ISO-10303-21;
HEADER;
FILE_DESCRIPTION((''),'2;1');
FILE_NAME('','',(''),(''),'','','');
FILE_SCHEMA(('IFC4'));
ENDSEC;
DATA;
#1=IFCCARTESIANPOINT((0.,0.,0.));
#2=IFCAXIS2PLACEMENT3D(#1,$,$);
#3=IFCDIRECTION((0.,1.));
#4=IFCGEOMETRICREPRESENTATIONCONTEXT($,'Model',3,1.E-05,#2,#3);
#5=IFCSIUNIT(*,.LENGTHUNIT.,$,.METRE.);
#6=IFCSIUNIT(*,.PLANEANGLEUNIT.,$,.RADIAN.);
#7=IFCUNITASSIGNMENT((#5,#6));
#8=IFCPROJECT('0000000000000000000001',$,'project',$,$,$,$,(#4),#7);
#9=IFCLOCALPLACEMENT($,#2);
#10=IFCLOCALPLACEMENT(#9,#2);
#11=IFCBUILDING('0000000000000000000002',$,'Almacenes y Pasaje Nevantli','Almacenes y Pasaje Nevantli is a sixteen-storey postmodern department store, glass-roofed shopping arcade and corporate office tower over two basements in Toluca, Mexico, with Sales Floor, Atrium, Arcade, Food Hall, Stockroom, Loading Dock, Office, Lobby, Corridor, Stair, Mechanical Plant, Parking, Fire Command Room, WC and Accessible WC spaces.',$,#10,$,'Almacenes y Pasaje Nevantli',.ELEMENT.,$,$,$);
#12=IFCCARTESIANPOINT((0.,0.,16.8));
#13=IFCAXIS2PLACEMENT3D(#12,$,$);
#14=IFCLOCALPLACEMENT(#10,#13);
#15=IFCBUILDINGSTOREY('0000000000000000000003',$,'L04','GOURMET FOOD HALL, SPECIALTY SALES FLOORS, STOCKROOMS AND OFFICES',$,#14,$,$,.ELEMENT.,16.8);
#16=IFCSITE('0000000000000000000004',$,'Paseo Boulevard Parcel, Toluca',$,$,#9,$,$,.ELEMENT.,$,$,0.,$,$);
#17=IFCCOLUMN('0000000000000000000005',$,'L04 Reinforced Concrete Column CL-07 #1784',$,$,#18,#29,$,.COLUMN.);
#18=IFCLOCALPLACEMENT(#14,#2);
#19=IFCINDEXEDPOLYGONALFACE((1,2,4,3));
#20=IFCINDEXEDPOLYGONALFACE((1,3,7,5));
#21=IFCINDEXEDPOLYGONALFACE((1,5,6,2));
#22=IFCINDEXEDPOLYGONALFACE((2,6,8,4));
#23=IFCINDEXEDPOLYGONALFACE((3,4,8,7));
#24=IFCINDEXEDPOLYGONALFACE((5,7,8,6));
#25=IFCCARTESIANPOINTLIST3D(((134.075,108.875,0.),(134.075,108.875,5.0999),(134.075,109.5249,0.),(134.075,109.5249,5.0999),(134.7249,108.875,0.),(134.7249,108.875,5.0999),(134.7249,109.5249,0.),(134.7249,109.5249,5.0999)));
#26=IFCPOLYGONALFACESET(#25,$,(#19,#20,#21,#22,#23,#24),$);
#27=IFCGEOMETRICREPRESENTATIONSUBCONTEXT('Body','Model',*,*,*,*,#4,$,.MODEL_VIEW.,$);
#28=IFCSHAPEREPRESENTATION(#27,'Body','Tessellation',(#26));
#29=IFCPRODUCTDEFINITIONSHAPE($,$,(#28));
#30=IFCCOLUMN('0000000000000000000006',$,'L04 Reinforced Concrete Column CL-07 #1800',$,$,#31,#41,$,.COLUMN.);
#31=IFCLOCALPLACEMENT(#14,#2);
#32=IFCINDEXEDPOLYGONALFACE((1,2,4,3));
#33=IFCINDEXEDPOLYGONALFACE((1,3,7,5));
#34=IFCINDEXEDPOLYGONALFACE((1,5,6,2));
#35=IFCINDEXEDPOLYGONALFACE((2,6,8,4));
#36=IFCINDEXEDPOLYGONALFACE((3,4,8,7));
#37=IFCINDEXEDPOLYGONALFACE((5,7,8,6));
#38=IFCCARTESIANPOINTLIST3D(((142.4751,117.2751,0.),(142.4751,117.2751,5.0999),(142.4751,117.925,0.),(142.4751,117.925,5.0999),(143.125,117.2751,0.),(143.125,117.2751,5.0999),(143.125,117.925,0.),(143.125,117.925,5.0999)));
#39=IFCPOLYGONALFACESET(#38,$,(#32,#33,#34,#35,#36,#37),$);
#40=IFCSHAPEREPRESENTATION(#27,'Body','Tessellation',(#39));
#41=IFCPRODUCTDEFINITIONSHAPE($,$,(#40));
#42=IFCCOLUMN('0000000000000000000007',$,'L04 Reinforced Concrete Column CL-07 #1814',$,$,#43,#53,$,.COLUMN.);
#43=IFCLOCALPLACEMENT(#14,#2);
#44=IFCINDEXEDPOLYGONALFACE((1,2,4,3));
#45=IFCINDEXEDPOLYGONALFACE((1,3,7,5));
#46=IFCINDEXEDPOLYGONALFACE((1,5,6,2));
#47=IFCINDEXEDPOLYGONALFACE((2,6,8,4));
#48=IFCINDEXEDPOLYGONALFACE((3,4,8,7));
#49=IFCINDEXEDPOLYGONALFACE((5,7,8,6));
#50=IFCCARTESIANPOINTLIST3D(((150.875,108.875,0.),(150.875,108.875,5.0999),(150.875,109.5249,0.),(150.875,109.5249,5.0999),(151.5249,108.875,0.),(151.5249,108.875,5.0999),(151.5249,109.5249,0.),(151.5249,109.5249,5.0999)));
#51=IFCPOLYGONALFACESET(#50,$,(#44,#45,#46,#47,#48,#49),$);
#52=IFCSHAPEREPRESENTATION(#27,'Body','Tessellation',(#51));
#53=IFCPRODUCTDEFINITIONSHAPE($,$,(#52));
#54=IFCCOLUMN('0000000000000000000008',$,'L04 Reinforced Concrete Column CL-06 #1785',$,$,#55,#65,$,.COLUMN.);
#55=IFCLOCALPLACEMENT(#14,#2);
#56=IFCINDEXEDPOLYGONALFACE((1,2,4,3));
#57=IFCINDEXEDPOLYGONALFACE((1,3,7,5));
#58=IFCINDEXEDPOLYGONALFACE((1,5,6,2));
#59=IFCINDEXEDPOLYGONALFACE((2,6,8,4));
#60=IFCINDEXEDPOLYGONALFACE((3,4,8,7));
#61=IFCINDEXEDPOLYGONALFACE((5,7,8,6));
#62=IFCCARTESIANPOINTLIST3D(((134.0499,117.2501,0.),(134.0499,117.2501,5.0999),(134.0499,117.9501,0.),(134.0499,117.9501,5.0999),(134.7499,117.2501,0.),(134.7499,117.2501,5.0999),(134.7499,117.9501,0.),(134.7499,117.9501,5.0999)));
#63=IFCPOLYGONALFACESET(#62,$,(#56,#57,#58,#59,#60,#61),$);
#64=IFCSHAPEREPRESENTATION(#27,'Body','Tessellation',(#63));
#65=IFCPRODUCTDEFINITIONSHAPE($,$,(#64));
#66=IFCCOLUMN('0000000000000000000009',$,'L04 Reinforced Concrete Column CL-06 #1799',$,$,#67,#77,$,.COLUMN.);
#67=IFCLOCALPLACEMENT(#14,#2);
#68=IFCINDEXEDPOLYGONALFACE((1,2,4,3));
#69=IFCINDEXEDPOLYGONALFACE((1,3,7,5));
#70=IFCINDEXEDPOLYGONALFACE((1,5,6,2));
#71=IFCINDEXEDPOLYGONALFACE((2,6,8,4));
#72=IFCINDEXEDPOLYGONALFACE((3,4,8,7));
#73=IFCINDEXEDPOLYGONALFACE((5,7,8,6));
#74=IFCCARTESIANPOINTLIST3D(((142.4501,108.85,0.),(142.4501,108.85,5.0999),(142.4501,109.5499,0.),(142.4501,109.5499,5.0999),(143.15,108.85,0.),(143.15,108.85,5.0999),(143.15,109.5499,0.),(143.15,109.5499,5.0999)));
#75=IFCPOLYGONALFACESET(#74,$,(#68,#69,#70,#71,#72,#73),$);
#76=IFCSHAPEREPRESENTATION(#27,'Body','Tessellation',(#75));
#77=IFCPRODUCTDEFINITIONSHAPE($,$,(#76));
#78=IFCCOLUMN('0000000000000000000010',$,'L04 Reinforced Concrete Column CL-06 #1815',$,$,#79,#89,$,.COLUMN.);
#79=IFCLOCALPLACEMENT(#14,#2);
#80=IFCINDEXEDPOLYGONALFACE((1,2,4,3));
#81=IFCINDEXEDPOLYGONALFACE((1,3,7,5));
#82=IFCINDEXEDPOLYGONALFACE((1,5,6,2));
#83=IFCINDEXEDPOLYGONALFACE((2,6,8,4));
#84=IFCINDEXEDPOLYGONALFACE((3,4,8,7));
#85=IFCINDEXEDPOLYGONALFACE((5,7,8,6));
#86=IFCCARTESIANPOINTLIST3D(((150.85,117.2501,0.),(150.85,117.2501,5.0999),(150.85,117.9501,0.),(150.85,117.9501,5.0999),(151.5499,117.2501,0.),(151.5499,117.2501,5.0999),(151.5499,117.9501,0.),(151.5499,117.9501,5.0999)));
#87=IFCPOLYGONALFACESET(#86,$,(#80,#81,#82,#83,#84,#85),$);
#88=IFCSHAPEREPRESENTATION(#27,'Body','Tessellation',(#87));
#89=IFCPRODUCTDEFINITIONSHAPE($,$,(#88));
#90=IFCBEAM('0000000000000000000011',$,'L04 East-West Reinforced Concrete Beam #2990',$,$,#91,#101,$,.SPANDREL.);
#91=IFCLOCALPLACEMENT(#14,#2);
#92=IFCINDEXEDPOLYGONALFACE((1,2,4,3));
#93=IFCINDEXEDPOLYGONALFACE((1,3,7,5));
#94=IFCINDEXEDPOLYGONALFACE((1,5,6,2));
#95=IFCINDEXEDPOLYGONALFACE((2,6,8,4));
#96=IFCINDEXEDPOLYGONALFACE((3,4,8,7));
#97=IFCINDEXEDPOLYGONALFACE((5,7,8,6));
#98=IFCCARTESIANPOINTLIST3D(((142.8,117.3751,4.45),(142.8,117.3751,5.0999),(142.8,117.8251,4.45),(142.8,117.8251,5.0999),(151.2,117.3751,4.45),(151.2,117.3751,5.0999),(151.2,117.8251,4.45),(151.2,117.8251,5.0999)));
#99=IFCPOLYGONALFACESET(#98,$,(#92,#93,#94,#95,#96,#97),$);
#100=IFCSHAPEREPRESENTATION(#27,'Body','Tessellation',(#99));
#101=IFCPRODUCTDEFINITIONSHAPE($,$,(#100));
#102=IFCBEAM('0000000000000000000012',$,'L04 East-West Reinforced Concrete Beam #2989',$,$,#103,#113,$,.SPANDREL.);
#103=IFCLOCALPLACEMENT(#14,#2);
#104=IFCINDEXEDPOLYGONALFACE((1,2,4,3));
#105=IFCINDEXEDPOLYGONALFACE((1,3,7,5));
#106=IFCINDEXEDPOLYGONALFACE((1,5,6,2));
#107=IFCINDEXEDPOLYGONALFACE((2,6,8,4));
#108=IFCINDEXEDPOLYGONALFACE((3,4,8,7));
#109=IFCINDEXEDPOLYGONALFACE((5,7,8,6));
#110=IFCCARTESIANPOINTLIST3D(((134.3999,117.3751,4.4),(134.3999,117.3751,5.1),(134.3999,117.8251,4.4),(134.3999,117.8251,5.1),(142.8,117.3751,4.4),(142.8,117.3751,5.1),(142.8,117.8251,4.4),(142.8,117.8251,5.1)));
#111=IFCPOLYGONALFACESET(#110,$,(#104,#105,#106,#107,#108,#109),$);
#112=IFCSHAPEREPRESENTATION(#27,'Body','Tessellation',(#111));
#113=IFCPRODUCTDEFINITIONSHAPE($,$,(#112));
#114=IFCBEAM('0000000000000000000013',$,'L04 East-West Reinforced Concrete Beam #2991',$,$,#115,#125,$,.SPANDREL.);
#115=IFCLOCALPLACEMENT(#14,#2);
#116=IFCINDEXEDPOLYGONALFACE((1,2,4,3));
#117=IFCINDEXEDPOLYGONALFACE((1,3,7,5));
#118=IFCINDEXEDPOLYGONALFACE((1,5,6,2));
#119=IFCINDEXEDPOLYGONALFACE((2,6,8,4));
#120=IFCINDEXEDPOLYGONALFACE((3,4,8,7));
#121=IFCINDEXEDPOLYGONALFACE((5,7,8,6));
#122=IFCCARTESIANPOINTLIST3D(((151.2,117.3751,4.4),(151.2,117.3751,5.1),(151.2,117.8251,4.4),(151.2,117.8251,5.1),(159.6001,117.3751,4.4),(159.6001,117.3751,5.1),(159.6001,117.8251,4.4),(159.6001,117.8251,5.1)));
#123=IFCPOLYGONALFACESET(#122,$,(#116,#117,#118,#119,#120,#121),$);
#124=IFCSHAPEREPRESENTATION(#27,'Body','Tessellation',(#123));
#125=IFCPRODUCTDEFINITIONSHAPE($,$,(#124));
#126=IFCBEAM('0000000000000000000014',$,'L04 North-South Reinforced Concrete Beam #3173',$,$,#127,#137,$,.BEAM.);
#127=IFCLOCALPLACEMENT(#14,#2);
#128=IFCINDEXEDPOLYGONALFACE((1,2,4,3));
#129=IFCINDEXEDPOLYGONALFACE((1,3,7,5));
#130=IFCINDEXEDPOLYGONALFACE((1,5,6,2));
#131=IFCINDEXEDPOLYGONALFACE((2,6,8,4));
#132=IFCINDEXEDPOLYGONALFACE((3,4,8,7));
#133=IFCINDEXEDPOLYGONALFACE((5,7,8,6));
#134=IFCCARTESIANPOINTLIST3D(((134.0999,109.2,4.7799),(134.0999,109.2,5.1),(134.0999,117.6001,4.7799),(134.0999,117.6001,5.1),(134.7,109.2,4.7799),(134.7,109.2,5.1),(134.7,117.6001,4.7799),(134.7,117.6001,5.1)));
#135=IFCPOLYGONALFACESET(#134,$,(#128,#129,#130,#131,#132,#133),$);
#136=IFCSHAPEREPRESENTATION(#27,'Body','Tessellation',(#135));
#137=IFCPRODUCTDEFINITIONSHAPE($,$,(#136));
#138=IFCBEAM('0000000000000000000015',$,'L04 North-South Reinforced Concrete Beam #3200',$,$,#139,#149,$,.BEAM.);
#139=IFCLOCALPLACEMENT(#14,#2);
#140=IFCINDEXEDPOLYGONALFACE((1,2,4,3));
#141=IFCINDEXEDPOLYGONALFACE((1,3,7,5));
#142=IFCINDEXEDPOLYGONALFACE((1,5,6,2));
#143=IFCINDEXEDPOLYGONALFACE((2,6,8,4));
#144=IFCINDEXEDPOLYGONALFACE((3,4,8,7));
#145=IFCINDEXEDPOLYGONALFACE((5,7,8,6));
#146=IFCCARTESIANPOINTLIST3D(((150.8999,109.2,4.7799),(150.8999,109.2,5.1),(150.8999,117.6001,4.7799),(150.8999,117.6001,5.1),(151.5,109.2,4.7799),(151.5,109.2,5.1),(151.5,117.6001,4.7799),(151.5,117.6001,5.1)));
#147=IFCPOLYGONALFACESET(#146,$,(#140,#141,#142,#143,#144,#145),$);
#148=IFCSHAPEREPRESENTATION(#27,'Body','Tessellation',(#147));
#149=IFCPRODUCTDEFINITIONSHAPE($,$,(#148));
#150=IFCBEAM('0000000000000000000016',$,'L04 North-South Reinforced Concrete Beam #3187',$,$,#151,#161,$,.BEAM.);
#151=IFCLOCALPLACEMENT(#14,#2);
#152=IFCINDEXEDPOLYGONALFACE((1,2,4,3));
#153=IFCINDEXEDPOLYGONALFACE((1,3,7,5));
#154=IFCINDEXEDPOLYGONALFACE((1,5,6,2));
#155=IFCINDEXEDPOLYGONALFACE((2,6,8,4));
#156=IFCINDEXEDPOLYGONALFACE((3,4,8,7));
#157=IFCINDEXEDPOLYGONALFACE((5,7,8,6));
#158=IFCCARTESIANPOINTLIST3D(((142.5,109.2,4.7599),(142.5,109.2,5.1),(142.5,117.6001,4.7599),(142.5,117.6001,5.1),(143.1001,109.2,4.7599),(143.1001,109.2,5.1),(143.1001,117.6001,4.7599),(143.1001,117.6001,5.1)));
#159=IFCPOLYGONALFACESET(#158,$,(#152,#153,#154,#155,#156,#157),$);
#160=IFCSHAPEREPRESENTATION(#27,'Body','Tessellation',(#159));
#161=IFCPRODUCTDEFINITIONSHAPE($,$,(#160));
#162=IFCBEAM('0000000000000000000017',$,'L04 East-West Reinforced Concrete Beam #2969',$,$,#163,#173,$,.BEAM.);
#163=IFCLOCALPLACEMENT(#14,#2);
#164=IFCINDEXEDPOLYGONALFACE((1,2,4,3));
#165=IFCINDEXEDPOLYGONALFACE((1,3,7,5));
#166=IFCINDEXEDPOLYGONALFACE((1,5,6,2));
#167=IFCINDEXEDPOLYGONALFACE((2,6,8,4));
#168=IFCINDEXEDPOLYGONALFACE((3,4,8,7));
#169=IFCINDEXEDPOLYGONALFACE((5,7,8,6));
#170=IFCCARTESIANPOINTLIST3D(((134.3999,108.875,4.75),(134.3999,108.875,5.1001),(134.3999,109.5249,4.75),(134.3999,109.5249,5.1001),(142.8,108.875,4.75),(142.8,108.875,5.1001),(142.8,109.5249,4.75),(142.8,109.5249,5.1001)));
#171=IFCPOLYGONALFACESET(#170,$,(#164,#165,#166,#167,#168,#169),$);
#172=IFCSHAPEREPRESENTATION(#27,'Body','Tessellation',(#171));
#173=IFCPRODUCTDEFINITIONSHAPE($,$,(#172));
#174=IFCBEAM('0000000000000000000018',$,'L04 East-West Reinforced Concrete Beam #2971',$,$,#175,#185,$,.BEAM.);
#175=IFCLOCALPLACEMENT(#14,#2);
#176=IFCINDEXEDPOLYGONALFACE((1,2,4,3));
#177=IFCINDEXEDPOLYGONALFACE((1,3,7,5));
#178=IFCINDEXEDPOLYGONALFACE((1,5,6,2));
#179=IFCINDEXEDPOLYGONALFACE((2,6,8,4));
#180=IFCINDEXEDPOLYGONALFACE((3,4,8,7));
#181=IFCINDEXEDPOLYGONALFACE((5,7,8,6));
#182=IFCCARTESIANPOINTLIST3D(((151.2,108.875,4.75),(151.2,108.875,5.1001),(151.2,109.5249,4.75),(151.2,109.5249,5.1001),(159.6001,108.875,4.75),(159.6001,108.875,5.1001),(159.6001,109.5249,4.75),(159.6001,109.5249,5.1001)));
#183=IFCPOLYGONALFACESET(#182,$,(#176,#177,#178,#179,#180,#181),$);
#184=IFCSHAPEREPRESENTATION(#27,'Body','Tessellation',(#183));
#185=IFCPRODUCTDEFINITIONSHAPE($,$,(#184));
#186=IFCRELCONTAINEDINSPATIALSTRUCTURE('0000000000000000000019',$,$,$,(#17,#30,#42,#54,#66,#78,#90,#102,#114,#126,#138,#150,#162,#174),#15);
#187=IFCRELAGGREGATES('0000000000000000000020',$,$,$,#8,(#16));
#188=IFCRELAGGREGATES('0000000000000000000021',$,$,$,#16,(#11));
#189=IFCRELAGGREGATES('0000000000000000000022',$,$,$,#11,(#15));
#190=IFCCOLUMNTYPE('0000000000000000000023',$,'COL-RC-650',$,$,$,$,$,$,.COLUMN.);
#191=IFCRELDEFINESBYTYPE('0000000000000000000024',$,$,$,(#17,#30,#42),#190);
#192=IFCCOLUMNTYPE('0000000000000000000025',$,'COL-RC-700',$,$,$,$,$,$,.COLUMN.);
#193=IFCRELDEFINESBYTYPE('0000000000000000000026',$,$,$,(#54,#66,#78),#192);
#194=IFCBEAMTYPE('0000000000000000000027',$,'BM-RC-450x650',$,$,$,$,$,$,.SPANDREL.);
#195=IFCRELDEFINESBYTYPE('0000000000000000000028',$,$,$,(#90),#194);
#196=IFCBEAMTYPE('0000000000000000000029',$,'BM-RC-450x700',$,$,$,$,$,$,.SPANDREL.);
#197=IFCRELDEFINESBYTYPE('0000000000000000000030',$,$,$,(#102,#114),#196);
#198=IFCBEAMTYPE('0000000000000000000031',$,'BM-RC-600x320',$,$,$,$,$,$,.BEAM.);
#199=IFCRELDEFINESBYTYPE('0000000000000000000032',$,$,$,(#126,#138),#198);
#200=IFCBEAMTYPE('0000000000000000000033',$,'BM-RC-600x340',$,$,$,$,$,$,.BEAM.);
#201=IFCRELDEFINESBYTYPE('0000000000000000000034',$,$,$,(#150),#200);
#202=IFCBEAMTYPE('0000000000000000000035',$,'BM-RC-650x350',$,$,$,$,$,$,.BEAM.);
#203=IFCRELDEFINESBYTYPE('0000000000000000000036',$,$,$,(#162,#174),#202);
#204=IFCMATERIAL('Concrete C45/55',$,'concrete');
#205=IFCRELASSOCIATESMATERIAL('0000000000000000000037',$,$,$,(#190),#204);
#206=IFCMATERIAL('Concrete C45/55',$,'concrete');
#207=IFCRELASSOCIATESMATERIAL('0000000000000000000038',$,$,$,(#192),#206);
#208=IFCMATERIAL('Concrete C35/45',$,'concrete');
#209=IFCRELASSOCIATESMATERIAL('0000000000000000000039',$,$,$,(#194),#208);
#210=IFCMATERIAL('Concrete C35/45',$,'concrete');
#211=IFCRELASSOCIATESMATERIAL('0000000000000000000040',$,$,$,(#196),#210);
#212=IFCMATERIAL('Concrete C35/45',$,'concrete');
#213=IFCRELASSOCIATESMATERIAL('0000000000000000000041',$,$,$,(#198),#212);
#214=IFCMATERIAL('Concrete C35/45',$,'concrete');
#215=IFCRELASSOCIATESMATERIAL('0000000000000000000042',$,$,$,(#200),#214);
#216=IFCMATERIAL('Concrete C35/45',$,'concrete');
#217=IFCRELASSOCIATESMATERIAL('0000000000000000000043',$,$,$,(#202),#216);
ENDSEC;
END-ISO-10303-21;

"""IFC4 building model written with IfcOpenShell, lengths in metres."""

from ifc_helpers import new_model, si_unit, direction, frame, origin, origin_2d, place, context, subcontext, project, spatial, rectangle, extrude, material, material_profile, profile_set, type_object, element, save


model = new_model("IFC4")

# Units and contexts
model_context = context("Model", 3, precision=1e-05, world=origin(), true_north=direction((0.0, 1.0)))
body_context = subcontext(model_context, "Body", "Model", "MODEL_VIEW")
ifc_project = project(units=[si_unit("LENGTHUNIT", "METRE"), si_unit("PLANEANGLEUNIT", "RADIAN")], contexts=[model_context])

# Site, building, storey
site_placement = place(None, origin())
site = spatial("IfcSite", under=ifc_project, at=site_placement, Name="Paseo Boulevard Parcel, Toluca", CompositionType="ELEMENT", RefElevation=0.0)
building_placement = place(site_placement, origin())
building = spatial("IfcBuilding", under=site, at=building_placement, Name="Almacenes y Pasaje Nevantli", Description="Almacenes y Pasaje Nevantli is a sixteen-storey postmodern department store, glass-roofed shopping arcade and corporate office tower over two basements in Toluca, Mexico, with Sales Floor, Atrium, Arcade, Food Hall, Stockroom, Loading Dock, Office, Lobby, Corridor, Stair, Mechanical Plant, Parking, Fire Command Room, WC and Accessible WC spaces.", LongName="Almacenes y Pasaje Nevantli", CompositionType="ELEMENT")
storey_placement = place(building_placement, frame((0.0, 0.0, 16.8)))
storey = spatial("IfcBuildingStorey", under=building, at=storey_placement, Name="L04", Description="GOURMET FOOD HALL, SPECIALTY SALES FLOORS, STOCKROOMS AND OFFICES", CompositionType="ELEMENT", Elevation=16.8)

# Columns
ifc_material_1 = material(Name="Concrete C45/55", Category="concrete")
ifc_material_profile_1 = material_profile(ifc_material_1, rectangle(XDim=0.6499, YDim=0.6499, at=origin_2d()), Name="RC-COL-650x650")
ifc_profile_set_1 = profile_set([ifc_material_profile_1], Name="Concrete C45/55")
column_type_1 = type_object("IfcColumnType", Name="COL-RC-650", PredefinedType="COLUMN", material=ifc_profile_set_1)
for number, where, z_axis, x_axis, name in (
    (1, (134.3999, 109.2, 0.0), (0.0, 0.0, 1.0), (1.0, 0.0, 0.0), "L04 Reinforced Concrete Column CL-07 #1784"),
    (2, (142.8, 117.6001, 0.0), (0.0, 0.0, 1.0), (1.0, 0.0, 0.0), "L04 Reinforced Concrete Column CL-07 #1800"),
    (3, (151.2, 109.2, 0.0), (0.0, 0.0, 1.0), (1.0, 0.0, 0.0), "L04 Reinforced Concrete Column CL-07 #1814"),
):
    element("IfcColumn", number, at=place(storey_placement, frame(where, z_axis=z_axis, x_axis=x_axis)), inside=storey, type_object=column_type_1, Name=name, PredefinedType="COLUMN", context=body_context, shape_type="SweptSolid", body=[
        extrude(rectangle(XDim=0.6499, YDim=0.6499, at=origin_2d()), origin(), (0.0, 0.0, 1.0), 5.0999),
    ])
ifc_material_2 = material(Name="Concrete C45/55", Category="concrete")
ifc_material_profile_2 = material_profile(ifc_material_2, rectangle(XDim=0.7, YDim=0.7, at=origin_2d()), Name="RC-COL-700x700")
ifc_profile_set_2 = profile_set([ifc_material_profile_2], Name="Concrete C45/55")
column_type_2 = type_object("IfcColumnType", Name="COL-RC-700", PredefinedType="COLUMN", material=ifc_profile_set_2)
for number, where, z_axis, x_axis, name in (
    (4, (134.3999, 117.6001, 0.0), (0.0, 0.0, 1.0), (1.0, 0.0, 0.0), "L04 Reinforced Concrete Column CL-06 #1785"),
    (5, (142.8, 109.2, 0.0), (0.0, 0.0, 1.0), (1.0, 0.0, 0.0), "L04 Reinforced Concrete Column CL-06 #1799"),
    (6, (151.2, 117.6001, 0.0), (0.0, 0.0, 1.0), (1.0, 0.0, 0.0), "L04 Reinforced Concrete Column CL-06 #1815"),
):
    element("IfcColumn", number, at=place(storey_placement, frame(where, z_axis=z_axis, x_axis=x_axis)), inside=storey, type_object=column_type_2, Name=name, PredefinedType="COLUMN", context=body_context, shape_type="SweptSolid", body=[
        extrude(rectangle(XDim=0.7, YDim=0.7, at=origin_2d()), origin(), (0.0, 0.0, 1.0), 5.0999),
    ])

# Beams
ifc_material_3 = material(Name="Concrete C35/45", Category="concrete")
ifc_material_profile_3 = material_profile(ifc_material_3, rectangle(XDim=0.45, YDim=0.6499, at=origin_2d()), Name="RC-BM-450x650")
ifc_profile_set_3 = profile_set([ifc_material_profile_3], Name="Concrete C35/45")
beam_type_1 = type_object("IfcBeamType", Name="BM-RC-450x650", PredefinedType="SPANDREL", material=ifc_profile_set_3)
beam_1_placement = place(storey_placement, frame((142.8, 117.6001, 4.7749), z_axis=(1.0, 0.0, 0.0), x_axis=(0.0, 1.0, 0.0)))
element("IfcBeam", 7, at=beam_1_placement, inside=storey, type_object=beam_type_1, Name="L04 East-West Reinforced Concrete Beam #2990", PredefinedType="SPANDREL", context=body_context, shape_type="SweptSolid", body=[
    extrude(rectangle(XDim=0.45, YDim=0.6499, at=origin_2d()), origin(), (0.0, 0.0, 1.0), 8.3999),
])
ifc_material_4 = material(Name="Concrete C35/45", Category="concrete")
ifc_material_profile_4 = material_profile(ifc_material_4, rectangle(XDim=0.45, YDim=0.7, at=origin_2d()), Name="RC-BM-450x700")
ifc_profile_set_4 = profile_set([ifc_material_profile_4], Name="Concrete C35/45")
beam_type_2 = type_object("IfcBeamType", Name="BM-RC-450x700", PredefinedType="SPANDREL", material=ifc_profile_set_4)
for number, where, z_axis, x_axis, name in (
    (8, (134.3999, 117.6001, 4.75), (1.0, 0.0, 0.0), (0.0, 1.0, 0.0), "L04 East-West Reinforced Concrete Beam #2989"),
    (9, (151.2, 117.6001, 4.75), (1.0, 0.0, 0.0), (0.0, 1.0, 0.0), "L04 East-West Reinforced Concrete Beam #2991"),
):
    element("IfcBeam", number, at=place(storey_placement, frame(where, z_axis=z_axis, x_axis=x_axis)), inside=storey, type_object=beam_type_2, Name=name, PredefinedType="SPANDREL", context=body_context, shape_type="SweptSolid", body=[
        extrude(rectangle(XDim=0.45, YDim=0.7, at=origin_2d()), origin(), (0.0, 0.0, 1.0), 8.4001),
    ])
ifc_material_5 = material(Name="Concrete C35/45", Category="concrete")
ifc_material_profile_5 = material_profile(ifc_material_5, rectangle(XDim=0.6001, YDim=0.3201, at=origin_2d()), Name="RC-BM-600x320")
ifc_profile_set_5 = profile_set([ifc_material_profile_5], Name="Concrete C35/45")
beam_type_3 = type_object("IfcBeamType", Name="BM-RC-600x320", PredefinedType="BEAM", material=ifc_profile_set_5)
for number, where, z_axis, x_axis, name in (
    (10, (134.3999, 109.2, 4.9399), (0.0, 1.0, 0.0), (-1.0, 0.0, 0.0), "L04 North-South Reinforced Concrete Beam #3173"),
    (11, (151.2, 109.2, 4.9399), (0.0, 1.0, 0.0), (-1.0, 0.0, 0.0), "L04 North-South Reinforced Concrete Beam #3200"),
):
    element("IfcBeam", number, at=place(storey_placement, frame(where, z_axis=z_axis, x_axis=x_axis)), inside=storey, type_object=beam_type_3, Name=name, PredefinedType="BEAM", context=body_context, shape_type="SweptSolid", body=[
        extrude(rectangle(XDim=0.6001, YDim=0.3201, at=origin_2d()), origin(), (0.0, 0.0, 1.0), 8.4001),
    ])
ifc_material_6 = material(Name="Concrete C35/45", Category="concrete")
ifc_material_profile_6 = material_profile(ifc_material_6, rectangle(XDim=0.6001, YDim=0.3401, at=origin_2d()), Name="RC-BM-600x340")
ifc_profile_set_6 = profile_set([ifc_material_profile_6], Name="Concrete C35/45")
beam_type_4 = type_object("IfcBeamType", Name="BM-RC-600x340", PredefinedType="BEAM", material=ifc_profile_set_6)
beam_2_placement = place(storey_placement, frame((142.8, 109.2, 4.9299), z_axis=(0.0, 1.0, 0.0), x_axis=(-1.0, 0.0, 0.0)))
element("IfcBeam", 12, at=beam_2_placement, inside=storey, type_object=beam_type_4, Name="L04 North-South Reinforced Concrete Beam #3187", PredefinedType="BEAM", context=body_context, shape_type="SweptSolid", body=[
    extrude(rectangle(XDim=0.6001, YDim=0.3401, at=origin_2d()), origin(), (0.0, 0.0, 1.0), 8.4001),
])
ifc_material_7 = material(Name="Concrete C35/45", Category="concrete")
ifc_material_profile_7 = material_profile(ifc_material_7, rectangle(XDim=0.6499, YDim=0.3501, at=origin_2d()), Name="RC-BM-650x350")
ifc_profile_set_7 = profile_set([ifc_material_profile_7], Name="Concrete C35/45")
beam_type_5 = type_object("IfcBeamType", Name="BM-RC-650x350", PredefinedType="BEAM", material=ifc_profile_set_7)
for number, where, z_axis, x_axis, name in (
    (13, (134.3999, 109.2, 4.925), (1.0, 0.0, 0.0), (0.0, 1.0, 0.0), "L04 East-West Reinforced Concrete Beam #2969"),
    (14, (151.2, 109.2, 4.925), (1.0, 0.0, 0.0), (0.0, 1.0, 0.0), "L04 East-West Reinforced Concrete Beam #2971"),
):
    element("IfcBeam", number, at=place(storey_placement, frame(where, z_axis=z_axis, x_axis=x_axis)), inside=storey, type_object=beam_type_5, Name=name, PredefinedType="BEAM", context=body_context, shape_type="SweptSolid", body=[
        extrude(rectangle(XDim=0.6499, YDim=0.3501, at=origin_2d()), origin(), (0.0, 0.0, 1.0), 8.4001),
    ])

save(model, "model.ifc")
